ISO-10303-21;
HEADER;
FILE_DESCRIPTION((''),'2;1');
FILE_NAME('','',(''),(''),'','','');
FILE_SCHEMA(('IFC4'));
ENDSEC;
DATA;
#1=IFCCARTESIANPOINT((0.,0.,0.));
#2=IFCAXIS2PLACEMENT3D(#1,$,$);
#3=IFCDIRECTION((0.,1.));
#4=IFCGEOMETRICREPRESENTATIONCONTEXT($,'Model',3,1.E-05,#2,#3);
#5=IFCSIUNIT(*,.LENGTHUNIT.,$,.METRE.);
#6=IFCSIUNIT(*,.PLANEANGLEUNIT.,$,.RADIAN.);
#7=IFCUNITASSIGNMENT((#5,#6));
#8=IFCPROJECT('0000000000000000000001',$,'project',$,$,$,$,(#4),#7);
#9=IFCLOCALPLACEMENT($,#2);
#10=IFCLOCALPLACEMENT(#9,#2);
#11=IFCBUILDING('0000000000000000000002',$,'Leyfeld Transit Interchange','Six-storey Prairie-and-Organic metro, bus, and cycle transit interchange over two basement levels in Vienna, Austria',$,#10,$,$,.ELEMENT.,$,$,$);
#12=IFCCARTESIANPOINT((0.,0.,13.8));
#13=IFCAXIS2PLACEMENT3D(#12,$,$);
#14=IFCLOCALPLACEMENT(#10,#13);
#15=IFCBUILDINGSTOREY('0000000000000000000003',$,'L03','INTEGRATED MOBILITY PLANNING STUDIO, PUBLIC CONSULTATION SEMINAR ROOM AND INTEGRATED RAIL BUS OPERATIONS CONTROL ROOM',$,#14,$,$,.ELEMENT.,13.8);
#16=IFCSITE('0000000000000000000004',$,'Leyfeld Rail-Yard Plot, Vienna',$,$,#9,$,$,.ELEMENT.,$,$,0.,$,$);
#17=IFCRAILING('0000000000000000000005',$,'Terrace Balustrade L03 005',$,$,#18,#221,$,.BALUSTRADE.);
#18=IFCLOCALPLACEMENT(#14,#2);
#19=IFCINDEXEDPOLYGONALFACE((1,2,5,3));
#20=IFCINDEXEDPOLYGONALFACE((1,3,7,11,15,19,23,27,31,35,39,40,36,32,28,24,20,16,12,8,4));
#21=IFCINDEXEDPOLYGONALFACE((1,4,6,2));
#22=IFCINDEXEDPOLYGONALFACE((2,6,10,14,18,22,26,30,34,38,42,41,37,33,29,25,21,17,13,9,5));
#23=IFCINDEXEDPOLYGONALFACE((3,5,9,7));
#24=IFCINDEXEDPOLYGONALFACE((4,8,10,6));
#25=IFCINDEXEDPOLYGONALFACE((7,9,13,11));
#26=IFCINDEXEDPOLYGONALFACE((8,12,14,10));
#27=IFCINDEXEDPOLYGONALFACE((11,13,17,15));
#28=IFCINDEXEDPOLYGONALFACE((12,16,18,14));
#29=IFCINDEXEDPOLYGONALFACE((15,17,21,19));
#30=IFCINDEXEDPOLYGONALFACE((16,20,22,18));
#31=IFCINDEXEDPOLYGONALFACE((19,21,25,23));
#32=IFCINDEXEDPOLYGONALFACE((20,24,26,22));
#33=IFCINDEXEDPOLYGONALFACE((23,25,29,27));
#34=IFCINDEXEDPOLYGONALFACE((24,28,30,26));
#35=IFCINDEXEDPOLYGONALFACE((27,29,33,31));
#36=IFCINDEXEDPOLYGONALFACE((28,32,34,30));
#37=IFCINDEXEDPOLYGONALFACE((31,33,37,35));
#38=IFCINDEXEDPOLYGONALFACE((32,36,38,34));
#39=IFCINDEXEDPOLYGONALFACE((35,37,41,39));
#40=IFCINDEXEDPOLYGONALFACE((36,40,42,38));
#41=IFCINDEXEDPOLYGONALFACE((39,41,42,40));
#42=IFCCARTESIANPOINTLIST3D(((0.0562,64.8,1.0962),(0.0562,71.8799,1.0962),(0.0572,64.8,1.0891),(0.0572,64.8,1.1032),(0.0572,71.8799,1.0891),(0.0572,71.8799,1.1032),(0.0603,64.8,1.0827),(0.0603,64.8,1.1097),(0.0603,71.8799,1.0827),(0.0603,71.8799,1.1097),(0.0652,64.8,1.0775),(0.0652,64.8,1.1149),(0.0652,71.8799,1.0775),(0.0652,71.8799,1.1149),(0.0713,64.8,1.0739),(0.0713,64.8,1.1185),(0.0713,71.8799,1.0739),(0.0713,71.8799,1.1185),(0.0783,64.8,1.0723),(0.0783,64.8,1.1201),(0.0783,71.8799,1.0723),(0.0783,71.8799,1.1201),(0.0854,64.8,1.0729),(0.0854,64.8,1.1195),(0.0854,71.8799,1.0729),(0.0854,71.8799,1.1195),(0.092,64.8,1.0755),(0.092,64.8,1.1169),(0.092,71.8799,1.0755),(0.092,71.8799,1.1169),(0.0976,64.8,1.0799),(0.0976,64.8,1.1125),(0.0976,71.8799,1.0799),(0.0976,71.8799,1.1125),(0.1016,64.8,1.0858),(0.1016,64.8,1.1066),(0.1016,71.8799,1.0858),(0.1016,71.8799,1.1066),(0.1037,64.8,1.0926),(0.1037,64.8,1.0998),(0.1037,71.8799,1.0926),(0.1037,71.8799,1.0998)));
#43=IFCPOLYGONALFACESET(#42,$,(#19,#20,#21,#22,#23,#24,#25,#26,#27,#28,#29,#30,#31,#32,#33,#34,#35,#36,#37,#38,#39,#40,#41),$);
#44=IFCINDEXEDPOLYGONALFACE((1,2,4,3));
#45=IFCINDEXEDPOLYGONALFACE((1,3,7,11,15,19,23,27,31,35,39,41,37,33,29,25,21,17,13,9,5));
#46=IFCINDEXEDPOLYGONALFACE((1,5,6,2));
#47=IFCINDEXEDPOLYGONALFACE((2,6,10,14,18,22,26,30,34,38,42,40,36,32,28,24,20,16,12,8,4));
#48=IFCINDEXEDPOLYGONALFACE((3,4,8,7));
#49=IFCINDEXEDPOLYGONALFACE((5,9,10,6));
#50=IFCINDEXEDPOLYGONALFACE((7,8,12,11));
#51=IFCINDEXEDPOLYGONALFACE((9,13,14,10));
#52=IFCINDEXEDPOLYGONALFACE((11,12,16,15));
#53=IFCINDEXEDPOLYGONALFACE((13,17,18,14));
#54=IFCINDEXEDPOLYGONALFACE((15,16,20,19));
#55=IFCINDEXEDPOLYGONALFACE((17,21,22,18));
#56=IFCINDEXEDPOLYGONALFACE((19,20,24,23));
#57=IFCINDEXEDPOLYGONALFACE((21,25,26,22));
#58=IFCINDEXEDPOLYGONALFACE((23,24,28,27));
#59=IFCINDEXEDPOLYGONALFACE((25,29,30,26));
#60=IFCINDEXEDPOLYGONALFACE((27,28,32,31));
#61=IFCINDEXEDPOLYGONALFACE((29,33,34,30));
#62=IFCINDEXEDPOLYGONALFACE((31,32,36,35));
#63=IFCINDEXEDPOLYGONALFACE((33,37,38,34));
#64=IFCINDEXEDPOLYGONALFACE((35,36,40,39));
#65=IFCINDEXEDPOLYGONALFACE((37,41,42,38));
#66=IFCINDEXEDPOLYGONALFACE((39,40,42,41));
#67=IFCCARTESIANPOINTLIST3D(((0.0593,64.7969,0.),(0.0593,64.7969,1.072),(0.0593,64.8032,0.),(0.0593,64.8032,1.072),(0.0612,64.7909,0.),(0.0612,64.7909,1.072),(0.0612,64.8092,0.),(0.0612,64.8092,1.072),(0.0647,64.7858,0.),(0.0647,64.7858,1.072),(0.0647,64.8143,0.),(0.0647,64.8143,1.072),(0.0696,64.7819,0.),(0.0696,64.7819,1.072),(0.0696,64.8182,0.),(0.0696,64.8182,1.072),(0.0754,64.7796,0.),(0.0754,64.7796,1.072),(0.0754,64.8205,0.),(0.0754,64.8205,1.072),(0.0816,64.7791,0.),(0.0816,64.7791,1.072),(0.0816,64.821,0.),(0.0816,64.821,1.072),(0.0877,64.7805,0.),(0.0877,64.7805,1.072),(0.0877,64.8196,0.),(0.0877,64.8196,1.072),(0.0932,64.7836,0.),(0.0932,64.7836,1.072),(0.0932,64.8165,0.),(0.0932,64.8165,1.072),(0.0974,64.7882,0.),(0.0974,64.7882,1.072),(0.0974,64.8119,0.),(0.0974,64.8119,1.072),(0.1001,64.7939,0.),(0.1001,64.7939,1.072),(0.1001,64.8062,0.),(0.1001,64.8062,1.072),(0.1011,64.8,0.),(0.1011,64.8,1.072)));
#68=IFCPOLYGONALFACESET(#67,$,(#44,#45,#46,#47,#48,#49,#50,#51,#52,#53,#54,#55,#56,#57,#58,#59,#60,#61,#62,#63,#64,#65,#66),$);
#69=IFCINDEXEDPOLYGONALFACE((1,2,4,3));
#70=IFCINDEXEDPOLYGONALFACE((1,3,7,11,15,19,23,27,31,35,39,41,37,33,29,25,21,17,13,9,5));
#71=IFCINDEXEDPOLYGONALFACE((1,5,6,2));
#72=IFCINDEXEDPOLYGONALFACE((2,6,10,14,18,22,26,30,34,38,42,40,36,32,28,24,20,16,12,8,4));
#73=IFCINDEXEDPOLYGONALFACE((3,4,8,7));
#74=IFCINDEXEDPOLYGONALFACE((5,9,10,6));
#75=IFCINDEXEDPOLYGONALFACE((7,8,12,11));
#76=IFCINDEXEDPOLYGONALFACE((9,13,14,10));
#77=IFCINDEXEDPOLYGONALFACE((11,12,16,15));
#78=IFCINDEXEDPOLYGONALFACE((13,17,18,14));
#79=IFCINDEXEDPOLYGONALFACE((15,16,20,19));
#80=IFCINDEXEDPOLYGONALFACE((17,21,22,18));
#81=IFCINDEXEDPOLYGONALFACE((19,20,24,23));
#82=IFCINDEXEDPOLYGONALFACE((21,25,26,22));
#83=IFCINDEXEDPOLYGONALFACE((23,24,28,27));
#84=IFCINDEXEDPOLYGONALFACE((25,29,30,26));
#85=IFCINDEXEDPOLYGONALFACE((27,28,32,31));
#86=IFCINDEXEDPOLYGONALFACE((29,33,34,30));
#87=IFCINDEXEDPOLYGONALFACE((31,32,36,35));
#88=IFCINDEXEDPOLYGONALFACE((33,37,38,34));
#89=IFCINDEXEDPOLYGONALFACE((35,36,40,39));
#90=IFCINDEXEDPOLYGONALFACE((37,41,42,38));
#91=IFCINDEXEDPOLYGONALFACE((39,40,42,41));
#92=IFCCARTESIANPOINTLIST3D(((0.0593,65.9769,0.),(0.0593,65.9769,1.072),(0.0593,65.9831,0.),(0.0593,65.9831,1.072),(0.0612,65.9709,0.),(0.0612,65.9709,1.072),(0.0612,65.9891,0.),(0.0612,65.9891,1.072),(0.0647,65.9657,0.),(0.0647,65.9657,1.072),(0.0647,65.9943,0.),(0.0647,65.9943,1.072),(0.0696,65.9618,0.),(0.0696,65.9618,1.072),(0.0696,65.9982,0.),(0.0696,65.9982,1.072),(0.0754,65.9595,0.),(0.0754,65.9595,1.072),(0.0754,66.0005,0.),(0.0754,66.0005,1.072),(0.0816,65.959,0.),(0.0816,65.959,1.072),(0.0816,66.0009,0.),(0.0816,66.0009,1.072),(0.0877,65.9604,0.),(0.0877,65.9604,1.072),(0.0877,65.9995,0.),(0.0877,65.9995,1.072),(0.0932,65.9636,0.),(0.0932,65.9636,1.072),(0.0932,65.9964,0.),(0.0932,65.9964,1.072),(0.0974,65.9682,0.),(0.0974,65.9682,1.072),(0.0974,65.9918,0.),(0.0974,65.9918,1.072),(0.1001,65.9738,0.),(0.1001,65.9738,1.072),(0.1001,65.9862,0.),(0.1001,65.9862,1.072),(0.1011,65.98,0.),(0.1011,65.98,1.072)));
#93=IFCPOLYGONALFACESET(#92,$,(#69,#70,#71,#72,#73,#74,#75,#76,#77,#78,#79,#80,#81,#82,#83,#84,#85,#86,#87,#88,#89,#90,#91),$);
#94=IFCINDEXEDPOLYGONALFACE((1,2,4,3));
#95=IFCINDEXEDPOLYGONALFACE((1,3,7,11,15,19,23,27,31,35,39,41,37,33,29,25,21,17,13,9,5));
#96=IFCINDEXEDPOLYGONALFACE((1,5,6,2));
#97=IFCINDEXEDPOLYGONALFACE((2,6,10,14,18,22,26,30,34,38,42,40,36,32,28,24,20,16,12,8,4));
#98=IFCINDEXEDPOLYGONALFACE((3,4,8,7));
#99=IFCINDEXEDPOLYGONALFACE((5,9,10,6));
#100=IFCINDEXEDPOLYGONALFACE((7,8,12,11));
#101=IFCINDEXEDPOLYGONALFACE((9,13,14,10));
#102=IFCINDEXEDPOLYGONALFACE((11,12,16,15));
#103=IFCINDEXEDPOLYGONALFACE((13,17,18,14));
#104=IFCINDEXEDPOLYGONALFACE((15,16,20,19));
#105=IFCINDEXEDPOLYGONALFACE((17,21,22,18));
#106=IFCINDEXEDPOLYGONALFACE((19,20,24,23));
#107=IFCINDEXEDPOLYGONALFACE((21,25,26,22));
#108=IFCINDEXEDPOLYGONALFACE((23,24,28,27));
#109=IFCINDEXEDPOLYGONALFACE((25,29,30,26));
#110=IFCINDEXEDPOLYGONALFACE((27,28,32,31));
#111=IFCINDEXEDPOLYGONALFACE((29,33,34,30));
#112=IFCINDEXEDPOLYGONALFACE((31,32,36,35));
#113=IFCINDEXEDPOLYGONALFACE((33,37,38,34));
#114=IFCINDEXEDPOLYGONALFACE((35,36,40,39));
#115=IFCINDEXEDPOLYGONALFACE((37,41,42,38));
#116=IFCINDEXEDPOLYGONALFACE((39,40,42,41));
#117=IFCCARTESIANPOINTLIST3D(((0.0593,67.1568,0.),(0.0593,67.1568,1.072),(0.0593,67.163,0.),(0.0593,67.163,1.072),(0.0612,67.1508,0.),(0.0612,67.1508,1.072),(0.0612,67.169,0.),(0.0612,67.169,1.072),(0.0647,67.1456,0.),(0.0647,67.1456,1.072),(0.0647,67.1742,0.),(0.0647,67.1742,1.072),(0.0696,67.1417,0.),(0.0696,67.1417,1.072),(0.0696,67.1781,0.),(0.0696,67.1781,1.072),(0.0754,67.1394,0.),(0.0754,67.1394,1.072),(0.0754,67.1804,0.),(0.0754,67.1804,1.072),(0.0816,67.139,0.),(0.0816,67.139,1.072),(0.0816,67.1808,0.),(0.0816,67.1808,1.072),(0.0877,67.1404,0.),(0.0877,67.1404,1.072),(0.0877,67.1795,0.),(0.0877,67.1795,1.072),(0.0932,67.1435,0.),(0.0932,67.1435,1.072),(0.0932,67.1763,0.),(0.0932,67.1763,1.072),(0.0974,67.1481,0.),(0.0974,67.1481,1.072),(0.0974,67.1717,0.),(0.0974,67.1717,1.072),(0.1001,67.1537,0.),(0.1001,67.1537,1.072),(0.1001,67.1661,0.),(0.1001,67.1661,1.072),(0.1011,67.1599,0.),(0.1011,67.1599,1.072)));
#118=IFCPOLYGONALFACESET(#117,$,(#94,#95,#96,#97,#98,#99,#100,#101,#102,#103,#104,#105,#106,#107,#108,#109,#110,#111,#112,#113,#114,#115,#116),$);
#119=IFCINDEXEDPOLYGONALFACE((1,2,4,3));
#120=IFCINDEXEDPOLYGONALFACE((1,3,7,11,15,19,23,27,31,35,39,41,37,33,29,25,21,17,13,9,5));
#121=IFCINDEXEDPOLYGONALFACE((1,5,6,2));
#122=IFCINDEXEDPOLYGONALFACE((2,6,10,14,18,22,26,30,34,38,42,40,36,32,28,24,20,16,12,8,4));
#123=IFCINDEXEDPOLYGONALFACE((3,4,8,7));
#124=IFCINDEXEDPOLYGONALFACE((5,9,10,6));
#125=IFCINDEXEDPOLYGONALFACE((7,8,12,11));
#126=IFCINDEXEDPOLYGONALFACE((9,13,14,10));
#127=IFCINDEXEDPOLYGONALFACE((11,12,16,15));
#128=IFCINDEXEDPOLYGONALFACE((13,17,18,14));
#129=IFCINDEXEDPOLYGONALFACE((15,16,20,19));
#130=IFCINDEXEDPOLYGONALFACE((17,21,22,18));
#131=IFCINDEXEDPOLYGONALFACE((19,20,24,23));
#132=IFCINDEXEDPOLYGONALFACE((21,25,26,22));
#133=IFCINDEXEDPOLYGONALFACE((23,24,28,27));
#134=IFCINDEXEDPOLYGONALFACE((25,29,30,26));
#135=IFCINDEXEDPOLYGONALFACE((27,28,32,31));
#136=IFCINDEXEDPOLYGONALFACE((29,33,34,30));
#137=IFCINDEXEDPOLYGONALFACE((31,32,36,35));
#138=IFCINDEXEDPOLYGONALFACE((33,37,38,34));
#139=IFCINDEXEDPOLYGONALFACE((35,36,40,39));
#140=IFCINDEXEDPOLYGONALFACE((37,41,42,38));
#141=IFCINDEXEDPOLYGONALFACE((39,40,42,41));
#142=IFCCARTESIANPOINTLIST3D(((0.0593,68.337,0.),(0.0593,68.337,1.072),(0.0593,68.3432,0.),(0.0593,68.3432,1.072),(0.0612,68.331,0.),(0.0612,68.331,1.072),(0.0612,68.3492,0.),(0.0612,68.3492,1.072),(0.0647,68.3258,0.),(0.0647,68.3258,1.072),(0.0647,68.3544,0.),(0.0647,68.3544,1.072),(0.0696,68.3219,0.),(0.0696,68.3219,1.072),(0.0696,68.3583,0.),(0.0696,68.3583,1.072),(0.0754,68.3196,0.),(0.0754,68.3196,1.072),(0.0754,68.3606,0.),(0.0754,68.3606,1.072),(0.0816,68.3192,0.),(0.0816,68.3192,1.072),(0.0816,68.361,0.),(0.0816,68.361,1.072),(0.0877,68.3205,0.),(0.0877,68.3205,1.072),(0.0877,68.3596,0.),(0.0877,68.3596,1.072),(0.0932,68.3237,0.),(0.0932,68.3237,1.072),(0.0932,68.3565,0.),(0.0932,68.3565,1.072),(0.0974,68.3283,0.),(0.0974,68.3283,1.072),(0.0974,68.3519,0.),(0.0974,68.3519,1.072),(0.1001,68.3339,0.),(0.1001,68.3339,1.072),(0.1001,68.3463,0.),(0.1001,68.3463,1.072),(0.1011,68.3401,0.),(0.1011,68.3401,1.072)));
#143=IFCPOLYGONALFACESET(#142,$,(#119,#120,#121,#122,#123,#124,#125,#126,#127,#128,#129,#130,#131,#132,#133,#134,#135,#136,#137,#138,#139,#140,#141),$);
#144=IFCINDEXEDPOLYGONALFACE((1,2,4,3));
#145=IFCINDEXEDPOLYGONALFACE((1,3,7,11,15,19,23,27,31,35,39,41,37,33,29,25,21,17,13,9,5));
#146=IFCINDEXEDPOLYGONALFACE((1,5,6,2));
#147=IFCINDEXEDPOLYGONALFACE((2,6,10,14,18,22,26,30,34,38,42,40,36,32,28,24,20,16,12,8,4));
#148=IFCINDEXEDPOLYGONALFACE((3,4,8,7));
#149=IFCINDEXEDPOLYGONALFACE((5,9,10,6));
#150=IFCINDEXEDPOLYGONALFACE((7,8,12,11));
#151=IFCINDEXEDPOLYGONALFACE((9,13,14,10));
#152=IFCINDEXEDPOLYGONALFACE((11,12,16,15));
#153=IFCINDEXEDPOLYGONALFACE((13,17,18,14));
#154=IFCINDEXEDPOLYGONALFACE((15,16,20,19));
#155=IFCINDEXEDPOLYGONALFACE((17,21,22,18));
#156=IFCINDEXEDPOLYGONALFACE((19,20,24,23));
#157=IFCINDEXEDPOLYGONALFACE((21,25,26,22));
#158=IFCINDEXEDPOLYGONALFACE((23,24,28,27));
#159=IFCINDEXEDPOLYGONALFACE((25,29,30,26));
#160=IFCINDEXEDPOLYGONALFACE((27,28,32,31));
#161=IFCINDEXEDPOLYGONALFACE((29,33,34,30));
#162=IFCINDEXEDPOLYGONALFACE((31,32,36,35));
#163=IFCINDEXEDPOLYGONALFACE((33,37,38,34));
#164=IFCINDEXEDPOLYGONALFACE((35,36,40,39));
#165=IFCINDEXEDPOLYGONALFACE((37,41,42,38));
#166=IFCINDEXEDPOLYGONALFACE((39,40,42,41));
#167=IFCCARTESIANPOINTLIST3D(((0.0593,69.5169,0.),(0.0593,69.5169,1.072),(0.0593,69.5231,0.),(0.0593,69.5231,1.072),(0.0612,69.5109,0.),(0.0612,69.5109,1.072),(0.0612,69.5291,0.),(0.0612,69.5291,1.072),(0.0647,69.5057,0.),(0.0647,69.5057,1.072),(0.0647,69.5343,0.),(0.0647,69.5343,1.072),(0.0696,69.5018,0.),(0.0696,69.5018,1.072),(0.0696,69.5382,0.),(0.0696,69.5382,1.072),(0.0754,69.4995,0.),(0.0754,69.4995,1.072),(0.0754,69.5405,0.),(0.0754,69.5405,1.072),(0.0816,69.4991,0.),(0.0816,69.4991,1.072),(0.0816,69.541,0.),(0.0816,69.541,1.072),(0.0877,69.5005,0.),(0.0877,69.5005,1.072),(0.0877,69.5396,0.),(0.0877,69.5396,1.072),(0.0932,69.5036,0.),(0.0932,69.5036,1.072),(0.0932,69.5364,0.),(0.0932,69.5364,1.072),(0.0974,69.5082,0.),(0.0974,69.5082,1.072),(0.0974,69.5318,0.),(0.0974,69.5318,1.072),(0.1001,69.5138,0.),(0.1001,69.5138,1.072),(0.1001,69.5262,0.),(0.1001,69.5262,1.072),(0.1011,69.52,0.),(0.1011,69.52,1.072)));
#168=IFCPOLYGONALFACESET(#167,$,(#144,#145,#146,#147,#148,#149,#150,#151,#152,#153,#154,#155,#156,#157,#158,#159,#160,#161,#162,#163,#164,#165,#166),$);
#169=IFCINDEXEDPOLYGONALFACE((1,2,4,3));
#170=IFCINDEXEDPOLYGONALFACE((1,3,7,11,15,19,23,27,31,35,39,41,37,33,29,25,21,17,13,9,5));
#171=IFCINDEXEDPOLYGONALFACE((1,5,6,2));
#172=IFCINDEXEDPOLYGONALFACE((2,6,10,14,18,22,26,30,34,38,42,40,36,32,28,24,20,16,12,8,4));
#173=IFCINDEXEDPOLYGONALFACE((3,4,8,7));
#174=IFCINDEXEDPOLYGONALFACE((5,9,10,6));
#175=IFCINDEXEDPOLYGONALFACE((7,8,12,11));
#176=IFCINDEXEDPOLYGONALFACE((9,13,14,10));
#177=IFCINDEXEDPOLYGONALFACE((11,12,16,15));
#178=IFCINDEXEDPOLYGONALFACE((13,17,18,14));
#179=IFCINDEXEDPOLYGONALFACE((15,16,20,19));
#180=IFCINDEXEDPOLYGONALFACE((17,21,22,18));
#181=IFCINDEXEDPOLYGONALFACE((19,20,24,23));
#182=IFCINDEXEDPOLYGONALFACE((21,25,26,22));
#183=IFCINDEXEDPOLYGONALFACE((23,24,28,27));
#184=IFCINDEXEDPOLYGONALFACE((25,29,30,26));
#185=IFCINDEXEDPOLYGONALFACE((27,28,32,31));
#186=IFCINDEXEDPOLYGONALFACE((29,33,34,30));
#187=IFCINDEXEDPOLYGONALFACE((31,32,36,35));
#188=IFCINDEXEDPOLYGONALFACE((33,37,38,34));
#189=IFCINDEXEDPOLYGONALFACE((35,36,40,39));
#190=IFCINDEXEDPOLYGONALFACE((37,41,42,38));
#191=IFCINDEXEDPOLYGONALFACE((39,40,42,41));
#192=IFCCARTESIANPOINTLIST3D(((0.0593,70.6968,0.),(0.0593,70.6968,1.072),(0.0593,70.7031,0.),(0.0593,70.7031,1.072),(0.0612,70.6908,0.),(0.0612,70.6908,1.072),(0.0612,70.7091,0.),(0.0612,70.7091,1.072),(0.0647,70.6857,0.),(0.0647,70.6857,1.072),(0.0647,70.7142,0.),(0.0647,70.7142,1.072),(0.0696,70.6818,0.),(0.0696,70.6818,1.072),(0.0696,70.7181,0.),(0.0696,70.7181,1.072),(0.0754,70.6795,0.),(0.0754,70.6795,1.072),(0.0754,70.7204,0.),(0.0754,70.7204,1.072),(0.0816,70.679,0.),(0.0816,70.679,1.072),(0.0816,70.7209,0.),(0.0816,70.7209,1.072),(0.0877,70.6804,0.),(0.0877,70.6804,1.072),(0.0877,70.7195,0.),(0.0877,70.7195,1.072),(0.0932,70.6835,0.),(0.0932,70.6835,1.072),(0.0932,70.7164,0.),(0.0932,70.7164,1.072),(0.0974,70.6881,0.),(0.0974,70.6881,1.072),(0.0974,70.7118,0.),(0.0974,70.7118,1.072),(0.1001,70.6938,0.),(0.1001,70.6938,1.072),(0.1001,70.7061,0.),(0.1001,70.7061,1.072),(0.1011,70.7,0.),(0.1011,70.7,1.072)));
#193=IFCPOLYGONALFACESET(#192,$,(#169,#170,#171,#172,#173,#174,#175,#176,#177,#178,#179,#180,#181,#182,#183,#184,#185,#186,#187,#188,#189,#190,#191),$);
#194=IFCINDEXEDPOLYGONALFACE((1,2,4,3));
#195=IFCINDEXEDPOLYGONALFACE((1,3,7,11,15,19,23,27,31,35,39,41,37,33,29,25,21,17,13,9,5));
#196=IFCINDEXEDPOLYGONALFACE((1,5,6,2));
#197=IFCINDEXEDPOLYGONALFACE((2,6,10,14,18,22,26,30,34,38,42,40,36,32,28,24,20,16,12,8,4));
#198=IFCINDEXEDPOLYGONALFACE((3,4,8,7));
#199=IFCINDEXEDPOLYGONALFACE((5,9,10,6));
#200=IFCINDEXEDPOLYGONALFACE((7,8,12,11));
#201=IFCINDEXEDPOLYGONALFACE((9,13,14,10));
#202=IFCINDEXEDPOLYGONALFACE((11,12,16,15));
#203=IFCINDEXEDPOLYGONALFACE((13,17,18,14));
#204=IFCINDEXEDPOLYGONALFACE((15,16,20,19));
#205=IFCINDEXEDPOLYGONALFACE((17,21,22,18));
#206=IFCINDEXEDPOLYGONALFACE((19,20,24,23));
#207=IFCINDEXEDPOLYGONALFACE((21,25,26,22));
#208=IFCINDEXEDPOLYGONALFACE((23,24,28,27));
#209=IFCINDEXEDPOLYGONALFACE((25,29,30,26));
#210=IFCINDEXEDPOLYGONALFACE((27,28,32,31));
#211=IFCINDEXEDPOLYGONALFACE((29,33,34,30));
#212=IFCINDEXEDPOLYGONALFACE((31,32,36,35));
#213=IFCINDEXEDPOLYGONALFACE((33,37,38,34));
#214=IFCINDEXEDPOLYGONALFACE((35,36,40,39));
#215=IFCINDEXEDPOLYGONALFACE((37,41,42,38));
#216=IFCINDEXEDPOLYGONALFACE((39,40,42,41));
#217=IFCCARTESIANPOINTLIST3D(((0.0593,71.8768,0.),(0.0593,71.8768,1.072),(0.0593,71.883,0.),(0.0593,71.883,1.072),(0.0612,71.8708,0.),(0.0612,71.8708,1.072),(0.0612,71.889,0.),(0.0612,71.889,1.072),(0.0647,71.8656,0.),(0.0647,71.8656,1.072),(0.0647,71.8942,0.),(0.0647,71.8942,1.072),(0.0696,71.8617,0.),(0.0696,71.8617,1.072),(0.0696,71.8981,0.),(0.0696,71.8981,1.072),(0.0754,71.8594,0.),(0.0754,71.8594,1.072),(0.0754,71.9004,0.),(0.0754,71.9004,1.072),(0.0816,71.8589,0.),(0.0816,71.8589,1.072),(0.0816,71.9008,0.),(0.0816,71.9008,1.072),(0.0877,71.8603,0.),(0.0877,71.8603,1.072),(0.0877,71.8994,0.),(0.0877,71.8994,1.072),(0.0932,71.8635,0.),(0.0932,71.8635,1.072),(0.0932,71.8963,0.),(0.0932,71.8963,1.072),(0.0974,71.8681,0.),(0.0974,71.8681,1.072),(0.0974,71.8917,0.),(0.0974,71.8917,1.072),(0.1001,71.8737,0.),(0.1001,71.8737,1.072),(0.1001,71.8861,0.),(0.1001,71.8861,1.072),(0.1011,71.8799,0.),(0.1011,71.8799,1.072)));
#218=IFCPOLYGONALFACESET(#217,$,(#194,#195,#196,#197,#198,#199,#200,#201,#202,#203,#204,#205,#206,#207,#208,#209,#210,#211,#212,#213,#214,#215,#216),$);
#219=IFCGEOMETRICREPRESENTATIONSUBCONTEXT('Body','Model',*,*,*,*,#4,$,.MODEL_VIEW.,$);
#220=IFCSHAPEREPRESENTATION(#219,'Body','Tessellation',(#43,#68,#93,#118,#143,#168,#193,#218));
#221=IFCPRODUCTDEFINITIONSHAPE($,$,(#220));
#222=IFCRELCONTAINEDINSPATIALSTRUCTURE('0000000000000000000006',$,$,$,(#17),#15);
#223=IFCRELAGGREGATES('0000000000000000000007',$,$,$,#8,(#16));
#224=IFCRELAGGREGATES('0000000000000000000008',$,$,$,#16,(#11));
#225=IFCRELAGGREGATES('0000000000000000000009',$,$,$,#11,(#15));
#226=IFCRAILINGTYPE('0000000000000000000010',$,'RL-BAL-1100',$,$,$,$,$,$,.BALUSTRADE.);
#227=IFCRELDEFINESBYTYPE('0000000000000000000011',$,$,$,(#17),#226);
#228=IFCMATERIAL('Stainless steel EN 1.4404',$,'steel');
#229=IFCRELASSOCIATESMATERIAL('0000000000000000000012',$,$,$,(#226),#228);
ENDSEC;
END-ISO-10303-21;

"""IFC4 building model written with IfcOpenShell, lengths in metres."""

from ifc_helpers import new_model, si_unit, direction, frame, origin, origin_2d, place, context, subcontext, project, spatial, circle, extrude, material, type_object, element, save


model = new_model("IFC4")

# Units and contexts
model_context = context("Model", 3, precision=1e-05, world=origin(), true_north=direction((0.0, 1.0)))
body_context = subcontext(model_context, "Body", "Model", "MODEL_VIEW")
ifc_project = project(units=[si_unit("LENGTHUNIT", "METRE"), si_unit("PLANEANGLEUNIT", "RADIAN")], contexts=[model_context])

# Site, building, storey
site_placement = place(None, origin())
site = spatial("IfcSite", under=ifc_project, at=site_placement, Name="Leyfeld Rail-Yard Plot, Vienna", CompositionType="ELEMENT", RefElevation=0.0)
building_placement = place(site_placement, origin())
building = spatial("IfcBuilding", under=site, at=building_placement, Name="Leyfeld Transit Interchange", Description="Six-storey Prairie-and-Organic metro, bus, and cycle transit interchange over two basement levels in Vienna, Austria", CompositionType="ELEMENT")
storey_placement = place(building_placement, frame((0.0, 0.0, 13.8)))
storey = spatial("IfcBuildingStorey", under=building, at=storey_placement, Name="L03", Description="INTEGRATED MOBILITY PLANNING STUDIO, PUBLIC CONSULTATION SEMINAR ROOM AND INTEGRATED RAIL BUS OPERATIONS CONTROL ROOM", CompositionType="ELEMENT", Elevation=13.8)

# Railing
ifc_material_1 = material(Name="Stainless steel EN 1.4404", Category="steel")
railing_type = type_object("IfcRailingType", Name="RL-BAL-1100", PredefinedType="BALUSTRADE", material=ifc_material_1)
railing_placement = place(storey_placement, frame((0.0801, 64.8, 0.0)))
element("IfcRailing", 1, at=railing_placement, inside=storey, type_object=railing_type, Name="Terrace Balustrade L03 005", PredefinedType="BALUSTRADE", context=body_context, shape_type="SweptSolid", body=[
    extrude(circle(Radius=0.0239, at=origin_2d()), frame((0.0, 0.0, 1.0962), z_axis=(0.0, 1.0, 0.0), x_axis=(-1.0, 0.0, 0.0)), (0.0, 0.0, 1.0), 7.0798),
    extrude(circle(Radius=0.021, at=origin_2d()), origin(), (0.0, 0.0, 1.0), 1.072),
    extrude(circle(Radius=0.021, at=origin_2d()), frame((0.0, 1.1799, 0.0)), (0.0, 0.0, 1.0), 1.072),
    extrude(circle(Radius=0.021, at=origin_2d()), frame((0.0, 2.3599, 0.0)), (0.0, 0.0, 1.0), 1.072),
    extrude(circle(Radius=0.021, at=origin_2d()), frame((0.0, 3.54, 0.0)), (0.0, 0.0, 1.0), 1.072),
    extrude(circle(Radius=0.021, at=origin_2d()), frame((0.0, 4.72, 0.0)), (0.0, 0.0, 1.0), 1.072),
    extrude(circle(Radius=0.021, at=origin_2d()), frame((0.0, 5.8999, 0.0)), (0.0, 0.0, 1.0), 1.072),
    extrude(circle(Radius=0.021, at=origin_2d()), frame((0.0, 7.0798, 0.0)), (0.0, 0.0, 1.0), 1.072),
])

save(model, "model.ifc")
